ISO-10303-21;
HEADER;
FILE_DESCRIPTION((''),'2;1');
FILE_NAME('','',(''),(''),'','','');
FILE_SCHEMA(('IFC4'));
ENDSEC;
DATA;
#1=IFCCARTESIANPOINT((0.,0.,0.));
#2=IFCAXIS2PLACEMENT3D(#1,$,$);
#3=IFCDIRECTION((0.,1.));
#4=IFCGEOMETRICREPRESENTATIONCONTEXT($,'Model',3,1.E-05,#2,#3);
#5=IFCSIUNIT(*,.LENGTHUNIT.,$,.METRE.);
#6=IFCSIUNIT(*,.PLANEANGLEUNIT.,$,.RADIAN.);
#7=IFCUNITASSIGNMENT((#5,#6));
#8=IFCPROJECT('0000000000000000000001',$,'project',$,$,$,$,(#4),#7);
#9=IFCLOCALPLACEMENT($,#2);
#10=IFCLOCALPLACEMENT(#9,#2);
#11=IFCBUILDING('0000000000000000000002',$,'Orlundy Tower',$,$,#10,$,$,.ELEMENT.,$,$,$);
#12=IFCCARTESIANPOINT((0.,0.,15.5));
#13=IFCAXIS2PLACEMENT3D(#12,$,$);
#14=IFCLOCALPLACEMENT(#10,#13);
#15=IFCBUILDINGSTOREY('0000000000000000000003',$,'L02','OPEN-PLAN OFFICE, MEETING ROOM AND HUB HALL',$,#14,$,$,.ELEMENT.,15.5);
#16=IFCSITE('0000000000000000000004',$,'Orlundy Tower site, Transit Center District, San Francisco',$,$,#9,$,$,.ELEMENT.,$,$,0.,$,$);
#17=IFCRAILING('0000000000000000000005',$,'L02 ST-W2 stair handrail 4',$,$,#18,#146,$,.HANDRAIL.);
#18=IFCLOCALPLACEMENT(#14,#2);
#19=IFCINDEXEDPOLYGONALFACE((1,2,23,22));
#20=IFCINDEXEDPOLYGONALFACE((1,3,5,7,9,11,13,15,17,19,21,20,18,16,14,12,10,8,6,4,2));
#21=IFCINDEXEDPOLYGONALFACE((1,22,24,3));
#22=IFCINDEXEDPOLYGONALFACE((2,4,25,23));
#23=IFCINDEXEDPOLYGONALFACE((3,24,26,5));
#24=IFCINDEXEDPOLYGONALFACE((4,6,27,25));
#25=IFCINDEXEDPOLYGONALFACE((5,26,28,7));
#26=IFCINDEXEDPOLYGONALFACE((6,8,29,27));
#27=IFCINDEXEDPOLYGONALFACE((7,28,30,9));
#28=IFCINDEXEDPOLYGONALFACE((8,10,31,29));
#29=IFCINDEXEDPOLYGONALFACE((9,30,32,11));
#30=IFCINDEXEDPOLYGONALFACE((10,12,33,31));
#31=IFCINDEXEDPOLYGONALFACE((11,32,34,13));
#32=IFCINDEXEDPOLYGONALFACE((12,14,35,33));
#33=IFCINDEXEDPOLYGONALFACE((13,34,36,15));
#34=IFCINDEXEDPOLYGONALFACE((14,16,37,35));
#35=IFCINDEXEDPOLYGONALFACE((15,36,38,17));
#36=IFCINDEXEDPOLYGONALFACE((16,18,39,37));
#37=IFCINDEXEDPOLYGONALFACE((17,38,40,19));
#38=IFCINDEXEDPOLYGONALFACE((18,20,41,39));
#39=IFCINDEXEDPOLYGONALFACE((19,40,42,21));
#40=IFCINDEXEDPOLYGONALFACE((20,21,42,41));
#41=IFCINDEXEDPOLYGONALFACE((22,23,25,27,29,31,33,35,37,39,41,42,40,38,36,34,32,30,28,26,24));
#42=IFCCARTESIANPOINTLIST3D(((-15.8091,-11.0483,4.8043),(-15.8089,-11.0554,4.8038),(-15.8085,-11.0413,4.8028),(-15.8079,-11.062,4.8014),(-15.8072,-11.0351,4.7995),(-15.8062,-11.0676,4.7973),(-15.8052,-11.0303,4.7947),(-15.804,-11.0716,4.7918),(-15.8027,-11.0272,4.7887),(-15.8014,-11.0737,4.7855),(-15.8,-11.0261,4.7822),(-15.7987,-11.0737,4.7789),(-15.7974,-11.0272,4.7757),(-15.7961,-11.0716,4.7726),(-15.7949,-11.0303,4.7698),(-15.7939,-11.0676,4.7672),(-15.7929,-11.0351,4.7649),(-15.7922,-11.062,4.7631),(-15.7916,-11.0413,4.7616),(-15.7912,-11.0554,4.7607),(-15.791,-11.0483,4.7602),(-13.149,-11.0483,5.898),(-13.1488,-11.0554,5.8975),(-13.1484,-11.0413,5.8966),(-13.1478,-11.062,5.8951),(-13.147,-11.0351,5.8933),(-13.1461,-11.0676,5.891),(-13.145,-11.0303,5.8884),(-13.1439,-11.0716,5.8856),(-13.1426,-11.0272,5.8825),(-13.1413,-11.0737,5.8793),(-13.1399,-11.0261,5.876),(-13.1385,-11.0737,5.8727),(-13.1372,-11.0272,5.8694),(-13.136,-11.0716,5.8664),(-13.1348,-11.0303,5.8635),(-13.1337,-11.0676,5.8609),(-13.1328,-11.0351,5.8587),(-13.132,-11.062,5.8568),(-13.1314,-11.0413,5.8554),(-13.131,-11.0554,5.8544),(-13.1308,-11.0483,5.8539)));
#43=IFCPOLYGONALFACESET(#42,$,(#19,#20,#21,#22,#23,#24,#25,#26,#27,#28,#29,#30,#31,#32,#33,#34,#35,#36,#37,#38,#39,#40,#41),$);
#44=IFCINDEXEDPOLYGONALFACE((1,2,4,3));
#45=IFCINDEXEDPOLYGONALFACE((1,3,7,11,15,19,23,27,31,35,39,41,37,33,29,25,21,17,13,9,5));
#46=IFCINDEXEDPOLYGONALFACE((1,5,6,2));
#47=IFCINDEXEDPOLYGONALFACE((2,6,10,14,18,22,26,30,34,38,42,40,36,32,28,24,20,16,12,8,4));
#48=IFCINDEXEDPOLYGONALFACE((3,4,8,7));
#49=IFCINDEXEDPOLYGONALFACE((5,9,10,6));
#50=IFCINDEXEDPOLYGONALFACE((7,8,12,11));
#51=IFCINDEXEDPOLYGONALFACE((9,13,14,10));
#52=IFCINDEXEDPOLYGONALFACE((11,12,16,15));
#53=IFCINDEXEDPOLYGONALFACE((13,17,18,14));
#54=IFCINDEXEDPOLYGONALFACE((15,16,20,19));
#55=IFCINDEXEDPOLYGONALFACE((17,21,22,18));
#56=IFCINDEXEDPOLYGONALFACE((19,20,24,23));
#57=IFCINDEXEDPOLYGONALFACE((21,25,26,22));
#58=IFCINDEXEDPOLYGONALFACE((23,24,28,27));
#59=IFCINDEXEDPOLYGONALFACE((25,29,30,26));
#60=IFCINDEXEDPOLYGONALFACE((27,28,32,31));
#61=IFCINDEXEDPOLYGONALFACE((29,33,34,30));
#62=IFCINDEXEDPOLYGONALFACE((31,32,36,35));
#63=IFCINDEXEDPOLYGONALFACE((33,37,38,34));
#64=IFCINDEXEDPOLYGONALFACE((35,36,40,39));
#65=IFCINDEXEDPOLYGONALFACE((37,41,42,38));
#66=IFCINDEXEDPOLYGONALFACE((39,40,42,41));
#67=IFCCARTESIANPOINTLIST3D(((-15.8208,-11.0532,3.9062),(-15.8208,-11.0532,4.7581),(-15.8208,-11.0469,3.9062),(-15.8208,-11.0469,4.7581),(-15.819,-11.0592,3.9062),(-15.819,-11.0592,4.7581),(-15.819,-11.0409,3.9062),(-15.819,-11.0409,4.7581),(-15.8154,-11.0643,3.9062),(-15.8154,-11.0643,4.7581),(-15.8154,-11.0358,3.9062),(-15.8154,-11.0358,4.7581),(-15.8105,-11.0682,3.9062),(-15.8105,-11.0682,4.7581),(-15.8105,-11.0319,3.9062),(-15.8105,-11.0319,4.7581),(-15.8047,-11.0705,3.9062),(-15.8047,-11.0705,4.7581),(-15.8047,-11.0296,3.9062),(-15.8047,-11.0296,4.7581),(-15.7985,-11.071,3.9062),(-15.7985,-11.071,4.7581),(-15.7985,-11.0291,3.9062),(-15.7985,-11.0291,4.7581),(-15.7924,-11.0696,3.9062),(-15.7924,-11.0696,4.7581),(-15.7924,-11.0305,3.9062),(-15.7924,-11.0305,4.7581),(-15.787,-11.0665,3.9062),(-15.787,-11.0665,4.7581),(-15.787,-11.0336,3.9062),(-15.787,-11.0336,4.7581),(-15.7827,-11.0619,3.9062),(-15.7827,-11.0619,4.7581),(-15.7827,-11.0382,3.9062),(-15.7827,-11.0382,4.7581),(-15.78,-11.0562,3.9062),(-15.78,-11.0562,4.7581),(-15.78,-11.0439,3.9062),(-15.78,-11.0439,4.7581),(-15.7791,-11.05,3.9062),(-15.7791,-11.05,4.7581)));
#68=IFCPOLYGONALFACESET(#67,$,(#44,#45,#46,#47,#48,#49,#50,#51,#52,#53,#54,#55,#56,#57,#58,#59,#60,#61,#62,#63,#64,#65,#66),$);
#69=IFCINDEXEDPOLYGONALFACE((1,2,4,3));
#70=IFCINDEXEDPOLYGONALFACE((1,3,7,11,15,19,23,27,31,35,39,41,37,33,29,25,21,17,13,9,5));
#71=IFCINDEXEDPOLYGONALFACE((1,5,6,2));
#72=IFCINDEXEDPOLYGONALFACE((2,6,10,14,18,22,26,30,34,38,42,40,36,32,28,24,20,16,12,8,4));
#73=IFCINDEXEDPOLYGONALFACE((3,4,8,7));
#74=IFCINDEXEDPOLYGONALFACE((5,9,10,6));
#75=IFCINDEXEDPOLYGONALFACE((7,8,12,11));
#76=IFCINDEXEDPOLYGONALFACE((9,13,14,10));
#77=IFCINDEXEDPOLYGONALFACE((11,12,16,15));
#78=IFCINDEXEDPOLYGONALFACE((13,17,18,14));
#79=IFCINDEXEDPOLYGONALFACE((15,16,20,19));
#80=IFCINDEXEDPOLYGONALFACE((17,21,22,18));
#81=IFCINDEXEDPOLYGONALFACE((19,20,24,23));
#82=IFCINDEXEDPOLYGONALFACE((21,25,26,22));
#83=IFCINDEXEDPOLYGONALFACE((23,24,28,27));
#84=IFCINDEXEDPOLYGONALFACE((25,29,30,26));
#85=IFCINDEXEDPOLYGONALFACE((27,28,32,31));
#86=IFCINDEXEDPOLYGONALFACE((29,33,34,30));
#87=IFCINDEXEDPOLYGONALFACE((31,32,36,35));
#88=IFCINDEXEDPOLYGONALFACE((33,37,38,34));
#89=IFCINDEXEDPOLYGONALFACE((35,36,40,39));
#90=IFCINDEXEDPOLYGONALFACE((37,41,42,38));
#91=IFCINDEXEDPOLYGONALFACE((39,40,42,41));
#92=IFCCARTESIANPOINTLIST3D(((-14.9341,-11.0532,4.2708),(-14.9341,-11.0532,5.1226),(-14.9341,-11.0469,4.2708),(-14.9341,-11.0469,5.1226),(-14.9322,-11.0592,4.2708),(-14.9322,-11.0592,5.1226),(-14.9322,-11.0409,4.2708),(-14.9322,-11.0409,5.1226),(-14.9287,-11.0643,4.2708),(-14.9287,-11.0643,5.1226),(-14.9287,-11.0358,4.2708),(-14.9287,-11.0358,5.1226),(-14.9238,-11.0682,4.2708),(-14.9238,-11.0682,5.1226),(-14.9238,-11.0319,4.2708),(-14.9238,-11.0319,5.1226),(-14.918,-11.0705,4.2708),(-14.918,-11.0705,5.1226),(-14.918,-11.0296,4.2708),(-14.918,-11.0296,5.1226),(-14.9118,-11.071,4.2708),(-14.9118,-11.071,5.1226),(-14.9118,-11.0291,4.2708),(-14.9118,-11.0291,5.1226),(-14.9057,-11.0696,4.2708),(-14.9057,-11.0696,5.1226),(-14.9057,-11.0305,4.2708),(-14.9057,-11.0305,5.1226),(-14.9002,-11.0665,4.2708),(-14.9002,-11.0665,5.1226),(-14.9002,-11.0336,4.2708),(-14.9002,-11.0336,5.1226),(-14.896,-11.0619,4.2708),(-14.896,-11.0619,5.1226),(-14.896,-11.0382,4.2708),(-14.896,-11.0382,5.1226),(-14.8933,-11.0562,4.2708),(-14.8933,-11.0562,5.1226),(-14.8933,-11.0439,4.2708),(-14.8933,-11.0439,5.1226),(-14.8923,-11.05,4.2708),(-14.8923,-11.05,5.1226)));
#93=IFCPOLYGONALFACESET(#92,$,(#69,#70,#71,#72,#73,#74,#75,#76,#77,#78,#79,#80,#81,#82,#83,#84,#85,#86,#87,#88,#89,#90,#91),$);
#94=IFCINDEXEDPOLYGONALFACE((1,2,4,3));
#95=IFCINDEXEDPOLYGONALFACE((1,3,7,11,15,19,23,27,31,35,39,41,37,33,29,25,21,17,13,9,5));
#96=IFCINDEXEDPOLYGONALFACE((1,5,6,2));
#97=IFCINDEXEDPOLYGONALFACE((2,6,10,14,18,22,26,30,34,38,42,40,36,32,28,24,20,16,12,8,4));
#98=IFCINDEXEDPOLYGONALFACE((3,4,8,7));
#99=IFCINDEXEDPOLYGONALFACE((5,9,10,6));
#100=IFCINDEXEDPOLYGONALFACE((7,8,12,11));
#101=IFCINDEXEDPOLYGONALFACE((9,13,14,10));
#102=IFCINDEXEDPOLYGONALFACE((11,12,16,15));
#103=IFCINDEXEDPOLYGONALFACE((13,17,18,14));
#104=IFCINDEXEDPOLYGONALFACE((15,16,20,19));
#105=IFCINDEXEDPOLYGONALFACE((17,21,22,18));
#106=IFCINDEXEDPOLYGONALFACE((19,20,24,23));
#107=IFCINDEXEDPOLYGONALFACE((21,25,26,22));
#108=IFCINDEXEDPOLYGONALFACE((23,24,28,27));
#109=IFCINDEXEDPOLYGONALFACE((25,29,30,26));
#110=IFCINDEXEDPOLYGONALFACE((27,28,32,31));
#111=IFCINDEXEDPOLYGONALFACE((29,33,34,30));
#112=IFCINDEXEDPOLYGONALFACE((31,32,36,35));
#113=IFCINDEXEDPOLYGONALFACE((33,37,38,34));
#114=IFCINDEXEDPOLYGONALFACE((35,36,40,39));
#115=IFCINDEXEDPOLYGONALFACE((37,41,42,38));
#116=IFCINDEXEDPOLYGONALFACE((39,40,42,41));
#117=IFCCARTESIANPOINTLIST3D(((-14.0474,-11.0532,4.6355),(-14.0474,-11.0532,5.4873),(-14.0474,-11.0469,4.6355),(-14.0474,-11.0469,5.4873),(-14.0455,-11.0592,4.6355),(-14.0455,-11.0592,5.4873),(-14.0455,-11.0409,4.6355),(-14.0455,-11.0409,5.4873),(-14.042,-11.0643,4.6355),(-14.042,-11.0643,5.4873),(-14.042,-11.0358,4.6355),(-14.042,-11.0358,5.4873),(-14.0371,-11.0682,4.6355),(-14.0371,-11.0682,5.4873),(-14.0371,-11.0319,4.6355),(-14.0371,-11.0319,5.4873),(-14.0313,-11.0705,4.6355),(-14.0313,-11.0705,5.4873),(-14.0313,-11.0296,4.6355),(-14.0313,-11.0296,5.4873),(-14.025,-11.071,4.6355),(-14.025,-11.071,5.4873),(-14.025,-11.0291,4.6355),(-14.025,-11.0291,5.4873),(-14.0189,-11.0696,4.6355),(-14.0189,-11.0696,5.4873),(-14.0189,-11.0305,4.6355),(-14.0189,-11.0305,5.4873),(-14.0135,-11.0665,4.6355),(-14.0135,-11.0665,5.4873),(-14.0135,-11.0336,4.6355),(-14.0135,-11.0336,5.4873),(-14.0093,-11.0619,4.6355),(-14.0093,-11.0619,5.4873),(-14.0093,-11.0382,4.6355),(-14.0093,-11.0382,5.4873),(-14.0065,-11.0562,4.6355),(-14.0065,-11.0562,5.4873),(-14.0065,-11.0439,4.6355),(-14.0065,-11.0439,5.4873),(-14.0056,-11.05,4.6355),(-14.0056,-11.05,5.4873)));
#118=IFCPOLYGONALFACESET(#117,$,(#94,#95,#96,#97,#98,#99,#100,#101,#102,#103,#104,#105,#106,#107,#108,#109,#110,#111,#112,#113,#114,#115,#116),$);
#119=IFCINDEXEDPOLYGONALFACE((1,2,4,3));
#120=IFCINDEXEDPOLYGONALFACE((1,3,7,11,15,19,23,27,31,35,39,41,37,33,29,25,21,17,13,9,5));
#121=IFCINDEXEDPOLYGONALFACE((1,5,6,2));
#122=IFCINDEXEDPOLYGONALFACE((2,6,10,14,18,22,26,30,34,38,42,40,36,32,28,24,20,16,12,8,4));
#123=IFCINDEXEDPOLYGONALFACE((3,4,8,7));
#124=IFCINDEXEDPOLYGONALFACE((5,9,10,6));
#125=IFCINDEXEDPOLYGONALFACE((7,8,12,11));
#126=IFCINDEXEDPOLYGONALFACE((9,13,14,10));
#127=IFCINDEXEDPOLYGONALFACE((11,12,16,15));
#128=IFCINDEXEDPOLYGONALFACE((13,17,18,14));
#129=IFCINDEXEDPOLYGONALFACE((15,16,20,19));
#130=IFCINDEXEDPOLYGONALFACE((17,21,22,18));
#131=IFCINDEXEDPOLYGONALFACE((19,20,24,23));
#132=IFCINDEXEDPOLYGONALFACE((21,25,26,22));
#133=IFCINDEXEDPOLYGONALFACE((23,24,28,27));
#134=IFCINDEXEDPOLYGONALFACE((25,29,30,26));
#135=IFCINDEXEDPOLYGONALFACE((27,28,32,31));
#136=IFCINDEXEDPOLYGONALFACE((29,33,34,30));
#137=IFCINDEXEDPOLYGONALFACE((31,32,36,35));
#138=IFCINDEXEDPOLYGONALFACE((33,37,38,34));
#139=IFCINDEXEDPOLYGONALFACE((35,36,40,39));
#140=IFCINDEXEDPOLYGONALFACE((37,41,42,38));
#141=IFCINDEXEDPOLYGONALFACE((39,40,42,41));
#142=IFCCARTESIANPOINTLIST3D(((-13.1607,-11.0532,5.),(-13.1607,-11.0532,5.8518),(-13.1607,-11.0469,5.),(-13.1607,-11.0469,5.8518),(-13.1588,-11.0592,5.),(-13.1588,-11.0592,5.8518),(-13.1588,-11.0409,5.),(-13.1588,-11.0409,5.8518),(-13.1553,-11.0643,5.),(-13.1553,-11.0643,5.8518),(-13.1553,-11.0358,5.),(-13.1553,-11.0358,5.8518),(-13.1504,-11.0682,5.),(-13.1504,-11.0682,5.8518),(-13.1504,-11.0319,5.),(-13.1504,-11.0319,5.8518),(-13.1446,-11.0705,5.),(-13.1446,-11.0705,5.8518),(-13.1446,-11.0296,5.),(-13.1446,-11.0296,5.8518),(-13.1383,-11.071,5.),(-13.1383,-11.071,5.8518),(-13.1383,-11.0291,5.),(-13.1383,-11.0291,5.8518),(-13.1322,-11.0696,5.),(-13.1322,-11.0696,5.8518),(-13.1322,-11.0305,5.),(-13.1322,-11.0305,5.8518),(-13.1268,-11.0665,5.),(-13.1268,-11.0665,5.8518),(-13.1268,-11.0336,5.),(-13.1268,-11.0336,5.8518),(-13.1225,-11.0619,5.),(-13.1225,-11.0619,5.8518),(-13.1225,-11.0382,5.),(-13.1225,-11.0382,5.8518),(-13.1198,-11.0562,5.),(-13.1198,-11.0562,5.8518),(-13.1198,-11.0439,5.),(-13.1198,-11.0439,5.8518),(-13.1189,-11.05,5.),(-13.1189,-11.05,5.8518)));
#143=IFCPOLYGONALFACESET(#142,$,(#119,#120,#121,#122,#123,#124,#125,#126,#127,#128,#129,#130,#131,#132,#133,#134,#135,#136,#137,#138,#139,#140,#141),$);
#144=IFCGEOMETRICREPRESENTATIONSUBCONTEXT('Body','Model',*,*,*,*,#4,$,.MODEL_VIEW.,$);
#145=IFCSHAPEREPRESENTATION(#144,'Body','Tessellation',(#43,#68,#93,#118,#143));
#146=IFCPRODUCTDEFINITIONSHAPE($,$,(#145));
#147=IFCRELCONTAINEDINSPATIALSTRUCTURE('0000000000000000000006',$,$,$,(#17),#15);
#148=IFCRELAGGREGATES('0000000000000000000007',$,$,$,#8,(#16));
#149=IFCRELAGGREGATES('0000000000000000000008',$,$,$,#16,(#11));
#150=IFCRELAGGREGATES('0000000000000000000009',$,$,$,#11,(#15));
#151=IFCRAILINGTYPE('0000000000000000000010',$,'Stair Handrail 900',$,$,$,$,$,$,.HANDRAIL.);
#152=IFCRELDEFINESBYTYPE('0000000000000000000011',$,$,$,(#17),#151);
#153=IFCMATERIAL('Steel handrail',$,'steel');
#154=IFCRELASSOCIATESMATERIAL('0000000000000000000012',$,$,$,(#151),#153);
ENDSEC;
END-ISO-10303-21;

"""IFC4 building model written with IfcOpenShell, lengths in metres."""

from ifc_helpers import new_model, si_unit, direction, frame, origin, origin_2d, place, context, subcontext, project, spatial, circle, extrude, material, type_object, element, save


model = new_model("IFC4")

# Units and contexts
model_context = context("Model", 3, precision=1e-05, world=origin(), true_north=direction((0.0, 1.0)))
body_context = subcontext(model_context, "Body", "Model", "MODEL_VIEW")
ifc_project = project(units=[si_unit("LENGTHUNIT", "METRE"), si_unit("PLANEANGLEUNIT", "RADIAN")], contexts=[model_context])

# Site, building, storey
site_placement = place(None, origin())
site = spatial("IfcSite", under=ifc_project, at=site_placement, Name="Orlundy Tower site, Transit Center District, San Francisco", CompositionType="ELEMENT", RefElevation=0.0)
building_placement = place(site_placement, origin())
building = spatial("IfcBuilding", under=site, at=building_placement, Name="Orlundy Tower", CompositionType="ELEMENT")
storey_placement = place(building_placement, frame((0.0, 0.0, 15.5)))
storey = spatial("IfcBuildingStorey", under=building, at=storey_placement, Name="L02", Description="OPEN-PLAN OFFICE, MEETING ROOM AND HUB HALL", CompositionType="ELEMENT", Elevation=15.5)

# Railing
ifc_material_1 = material(Name="Steel handrail", Category="steel")
railing_type_1 = type_object("IfcRailingType", Name="Stair Handrail 900", PredefinedType="HANDRAIL", material=ifc_material_1)
railing_1_placement = place(storey_placement, frame((-15.8, -11.05, 3.9062)))
element("IfcRailing", 1, at=railing_1_placement, inside=storey, type_object=railing_type_1, Name="L02 ST-W2 stair handrail 4", PredefinedType="HANDRAIL", context=body_context, shape_type="SweptSolid", body=[
    extrude(circle(Radius=0.0239, at=origin_2d()), frame((0.0, 0.0, 0.876), z_axis=(0.924875, 0.0, 0.380272), x_axis=(0.0, 1.0, 0.0)), (0.0, 0.0, 1.0), 2.8762),
    extrude(circle(Radius=0.021, at=origin_2d()), origin(), (0.0, 0.0, 1.0), 0.8518),
    extrude(circle(Radius=0.021, at=origin_2d()), frame((0.8867, 0.0, 0.3645)), (0.0, 0.0, 1.0), 0.8518),
    extrude(circle(Radius=0.021, at=origin_2d()), frame((1.7734, 0.0, 0.7292)), (0.0, 0.0, 1.0), 0.8518),
    extrude(circle(Radius=0.021, at=origin_2d()), frame((2.6602, 0.0, 1.0938)), (0.0, 0.0, 1.0), 0.8518),
])

save(model, "model.ifc")
